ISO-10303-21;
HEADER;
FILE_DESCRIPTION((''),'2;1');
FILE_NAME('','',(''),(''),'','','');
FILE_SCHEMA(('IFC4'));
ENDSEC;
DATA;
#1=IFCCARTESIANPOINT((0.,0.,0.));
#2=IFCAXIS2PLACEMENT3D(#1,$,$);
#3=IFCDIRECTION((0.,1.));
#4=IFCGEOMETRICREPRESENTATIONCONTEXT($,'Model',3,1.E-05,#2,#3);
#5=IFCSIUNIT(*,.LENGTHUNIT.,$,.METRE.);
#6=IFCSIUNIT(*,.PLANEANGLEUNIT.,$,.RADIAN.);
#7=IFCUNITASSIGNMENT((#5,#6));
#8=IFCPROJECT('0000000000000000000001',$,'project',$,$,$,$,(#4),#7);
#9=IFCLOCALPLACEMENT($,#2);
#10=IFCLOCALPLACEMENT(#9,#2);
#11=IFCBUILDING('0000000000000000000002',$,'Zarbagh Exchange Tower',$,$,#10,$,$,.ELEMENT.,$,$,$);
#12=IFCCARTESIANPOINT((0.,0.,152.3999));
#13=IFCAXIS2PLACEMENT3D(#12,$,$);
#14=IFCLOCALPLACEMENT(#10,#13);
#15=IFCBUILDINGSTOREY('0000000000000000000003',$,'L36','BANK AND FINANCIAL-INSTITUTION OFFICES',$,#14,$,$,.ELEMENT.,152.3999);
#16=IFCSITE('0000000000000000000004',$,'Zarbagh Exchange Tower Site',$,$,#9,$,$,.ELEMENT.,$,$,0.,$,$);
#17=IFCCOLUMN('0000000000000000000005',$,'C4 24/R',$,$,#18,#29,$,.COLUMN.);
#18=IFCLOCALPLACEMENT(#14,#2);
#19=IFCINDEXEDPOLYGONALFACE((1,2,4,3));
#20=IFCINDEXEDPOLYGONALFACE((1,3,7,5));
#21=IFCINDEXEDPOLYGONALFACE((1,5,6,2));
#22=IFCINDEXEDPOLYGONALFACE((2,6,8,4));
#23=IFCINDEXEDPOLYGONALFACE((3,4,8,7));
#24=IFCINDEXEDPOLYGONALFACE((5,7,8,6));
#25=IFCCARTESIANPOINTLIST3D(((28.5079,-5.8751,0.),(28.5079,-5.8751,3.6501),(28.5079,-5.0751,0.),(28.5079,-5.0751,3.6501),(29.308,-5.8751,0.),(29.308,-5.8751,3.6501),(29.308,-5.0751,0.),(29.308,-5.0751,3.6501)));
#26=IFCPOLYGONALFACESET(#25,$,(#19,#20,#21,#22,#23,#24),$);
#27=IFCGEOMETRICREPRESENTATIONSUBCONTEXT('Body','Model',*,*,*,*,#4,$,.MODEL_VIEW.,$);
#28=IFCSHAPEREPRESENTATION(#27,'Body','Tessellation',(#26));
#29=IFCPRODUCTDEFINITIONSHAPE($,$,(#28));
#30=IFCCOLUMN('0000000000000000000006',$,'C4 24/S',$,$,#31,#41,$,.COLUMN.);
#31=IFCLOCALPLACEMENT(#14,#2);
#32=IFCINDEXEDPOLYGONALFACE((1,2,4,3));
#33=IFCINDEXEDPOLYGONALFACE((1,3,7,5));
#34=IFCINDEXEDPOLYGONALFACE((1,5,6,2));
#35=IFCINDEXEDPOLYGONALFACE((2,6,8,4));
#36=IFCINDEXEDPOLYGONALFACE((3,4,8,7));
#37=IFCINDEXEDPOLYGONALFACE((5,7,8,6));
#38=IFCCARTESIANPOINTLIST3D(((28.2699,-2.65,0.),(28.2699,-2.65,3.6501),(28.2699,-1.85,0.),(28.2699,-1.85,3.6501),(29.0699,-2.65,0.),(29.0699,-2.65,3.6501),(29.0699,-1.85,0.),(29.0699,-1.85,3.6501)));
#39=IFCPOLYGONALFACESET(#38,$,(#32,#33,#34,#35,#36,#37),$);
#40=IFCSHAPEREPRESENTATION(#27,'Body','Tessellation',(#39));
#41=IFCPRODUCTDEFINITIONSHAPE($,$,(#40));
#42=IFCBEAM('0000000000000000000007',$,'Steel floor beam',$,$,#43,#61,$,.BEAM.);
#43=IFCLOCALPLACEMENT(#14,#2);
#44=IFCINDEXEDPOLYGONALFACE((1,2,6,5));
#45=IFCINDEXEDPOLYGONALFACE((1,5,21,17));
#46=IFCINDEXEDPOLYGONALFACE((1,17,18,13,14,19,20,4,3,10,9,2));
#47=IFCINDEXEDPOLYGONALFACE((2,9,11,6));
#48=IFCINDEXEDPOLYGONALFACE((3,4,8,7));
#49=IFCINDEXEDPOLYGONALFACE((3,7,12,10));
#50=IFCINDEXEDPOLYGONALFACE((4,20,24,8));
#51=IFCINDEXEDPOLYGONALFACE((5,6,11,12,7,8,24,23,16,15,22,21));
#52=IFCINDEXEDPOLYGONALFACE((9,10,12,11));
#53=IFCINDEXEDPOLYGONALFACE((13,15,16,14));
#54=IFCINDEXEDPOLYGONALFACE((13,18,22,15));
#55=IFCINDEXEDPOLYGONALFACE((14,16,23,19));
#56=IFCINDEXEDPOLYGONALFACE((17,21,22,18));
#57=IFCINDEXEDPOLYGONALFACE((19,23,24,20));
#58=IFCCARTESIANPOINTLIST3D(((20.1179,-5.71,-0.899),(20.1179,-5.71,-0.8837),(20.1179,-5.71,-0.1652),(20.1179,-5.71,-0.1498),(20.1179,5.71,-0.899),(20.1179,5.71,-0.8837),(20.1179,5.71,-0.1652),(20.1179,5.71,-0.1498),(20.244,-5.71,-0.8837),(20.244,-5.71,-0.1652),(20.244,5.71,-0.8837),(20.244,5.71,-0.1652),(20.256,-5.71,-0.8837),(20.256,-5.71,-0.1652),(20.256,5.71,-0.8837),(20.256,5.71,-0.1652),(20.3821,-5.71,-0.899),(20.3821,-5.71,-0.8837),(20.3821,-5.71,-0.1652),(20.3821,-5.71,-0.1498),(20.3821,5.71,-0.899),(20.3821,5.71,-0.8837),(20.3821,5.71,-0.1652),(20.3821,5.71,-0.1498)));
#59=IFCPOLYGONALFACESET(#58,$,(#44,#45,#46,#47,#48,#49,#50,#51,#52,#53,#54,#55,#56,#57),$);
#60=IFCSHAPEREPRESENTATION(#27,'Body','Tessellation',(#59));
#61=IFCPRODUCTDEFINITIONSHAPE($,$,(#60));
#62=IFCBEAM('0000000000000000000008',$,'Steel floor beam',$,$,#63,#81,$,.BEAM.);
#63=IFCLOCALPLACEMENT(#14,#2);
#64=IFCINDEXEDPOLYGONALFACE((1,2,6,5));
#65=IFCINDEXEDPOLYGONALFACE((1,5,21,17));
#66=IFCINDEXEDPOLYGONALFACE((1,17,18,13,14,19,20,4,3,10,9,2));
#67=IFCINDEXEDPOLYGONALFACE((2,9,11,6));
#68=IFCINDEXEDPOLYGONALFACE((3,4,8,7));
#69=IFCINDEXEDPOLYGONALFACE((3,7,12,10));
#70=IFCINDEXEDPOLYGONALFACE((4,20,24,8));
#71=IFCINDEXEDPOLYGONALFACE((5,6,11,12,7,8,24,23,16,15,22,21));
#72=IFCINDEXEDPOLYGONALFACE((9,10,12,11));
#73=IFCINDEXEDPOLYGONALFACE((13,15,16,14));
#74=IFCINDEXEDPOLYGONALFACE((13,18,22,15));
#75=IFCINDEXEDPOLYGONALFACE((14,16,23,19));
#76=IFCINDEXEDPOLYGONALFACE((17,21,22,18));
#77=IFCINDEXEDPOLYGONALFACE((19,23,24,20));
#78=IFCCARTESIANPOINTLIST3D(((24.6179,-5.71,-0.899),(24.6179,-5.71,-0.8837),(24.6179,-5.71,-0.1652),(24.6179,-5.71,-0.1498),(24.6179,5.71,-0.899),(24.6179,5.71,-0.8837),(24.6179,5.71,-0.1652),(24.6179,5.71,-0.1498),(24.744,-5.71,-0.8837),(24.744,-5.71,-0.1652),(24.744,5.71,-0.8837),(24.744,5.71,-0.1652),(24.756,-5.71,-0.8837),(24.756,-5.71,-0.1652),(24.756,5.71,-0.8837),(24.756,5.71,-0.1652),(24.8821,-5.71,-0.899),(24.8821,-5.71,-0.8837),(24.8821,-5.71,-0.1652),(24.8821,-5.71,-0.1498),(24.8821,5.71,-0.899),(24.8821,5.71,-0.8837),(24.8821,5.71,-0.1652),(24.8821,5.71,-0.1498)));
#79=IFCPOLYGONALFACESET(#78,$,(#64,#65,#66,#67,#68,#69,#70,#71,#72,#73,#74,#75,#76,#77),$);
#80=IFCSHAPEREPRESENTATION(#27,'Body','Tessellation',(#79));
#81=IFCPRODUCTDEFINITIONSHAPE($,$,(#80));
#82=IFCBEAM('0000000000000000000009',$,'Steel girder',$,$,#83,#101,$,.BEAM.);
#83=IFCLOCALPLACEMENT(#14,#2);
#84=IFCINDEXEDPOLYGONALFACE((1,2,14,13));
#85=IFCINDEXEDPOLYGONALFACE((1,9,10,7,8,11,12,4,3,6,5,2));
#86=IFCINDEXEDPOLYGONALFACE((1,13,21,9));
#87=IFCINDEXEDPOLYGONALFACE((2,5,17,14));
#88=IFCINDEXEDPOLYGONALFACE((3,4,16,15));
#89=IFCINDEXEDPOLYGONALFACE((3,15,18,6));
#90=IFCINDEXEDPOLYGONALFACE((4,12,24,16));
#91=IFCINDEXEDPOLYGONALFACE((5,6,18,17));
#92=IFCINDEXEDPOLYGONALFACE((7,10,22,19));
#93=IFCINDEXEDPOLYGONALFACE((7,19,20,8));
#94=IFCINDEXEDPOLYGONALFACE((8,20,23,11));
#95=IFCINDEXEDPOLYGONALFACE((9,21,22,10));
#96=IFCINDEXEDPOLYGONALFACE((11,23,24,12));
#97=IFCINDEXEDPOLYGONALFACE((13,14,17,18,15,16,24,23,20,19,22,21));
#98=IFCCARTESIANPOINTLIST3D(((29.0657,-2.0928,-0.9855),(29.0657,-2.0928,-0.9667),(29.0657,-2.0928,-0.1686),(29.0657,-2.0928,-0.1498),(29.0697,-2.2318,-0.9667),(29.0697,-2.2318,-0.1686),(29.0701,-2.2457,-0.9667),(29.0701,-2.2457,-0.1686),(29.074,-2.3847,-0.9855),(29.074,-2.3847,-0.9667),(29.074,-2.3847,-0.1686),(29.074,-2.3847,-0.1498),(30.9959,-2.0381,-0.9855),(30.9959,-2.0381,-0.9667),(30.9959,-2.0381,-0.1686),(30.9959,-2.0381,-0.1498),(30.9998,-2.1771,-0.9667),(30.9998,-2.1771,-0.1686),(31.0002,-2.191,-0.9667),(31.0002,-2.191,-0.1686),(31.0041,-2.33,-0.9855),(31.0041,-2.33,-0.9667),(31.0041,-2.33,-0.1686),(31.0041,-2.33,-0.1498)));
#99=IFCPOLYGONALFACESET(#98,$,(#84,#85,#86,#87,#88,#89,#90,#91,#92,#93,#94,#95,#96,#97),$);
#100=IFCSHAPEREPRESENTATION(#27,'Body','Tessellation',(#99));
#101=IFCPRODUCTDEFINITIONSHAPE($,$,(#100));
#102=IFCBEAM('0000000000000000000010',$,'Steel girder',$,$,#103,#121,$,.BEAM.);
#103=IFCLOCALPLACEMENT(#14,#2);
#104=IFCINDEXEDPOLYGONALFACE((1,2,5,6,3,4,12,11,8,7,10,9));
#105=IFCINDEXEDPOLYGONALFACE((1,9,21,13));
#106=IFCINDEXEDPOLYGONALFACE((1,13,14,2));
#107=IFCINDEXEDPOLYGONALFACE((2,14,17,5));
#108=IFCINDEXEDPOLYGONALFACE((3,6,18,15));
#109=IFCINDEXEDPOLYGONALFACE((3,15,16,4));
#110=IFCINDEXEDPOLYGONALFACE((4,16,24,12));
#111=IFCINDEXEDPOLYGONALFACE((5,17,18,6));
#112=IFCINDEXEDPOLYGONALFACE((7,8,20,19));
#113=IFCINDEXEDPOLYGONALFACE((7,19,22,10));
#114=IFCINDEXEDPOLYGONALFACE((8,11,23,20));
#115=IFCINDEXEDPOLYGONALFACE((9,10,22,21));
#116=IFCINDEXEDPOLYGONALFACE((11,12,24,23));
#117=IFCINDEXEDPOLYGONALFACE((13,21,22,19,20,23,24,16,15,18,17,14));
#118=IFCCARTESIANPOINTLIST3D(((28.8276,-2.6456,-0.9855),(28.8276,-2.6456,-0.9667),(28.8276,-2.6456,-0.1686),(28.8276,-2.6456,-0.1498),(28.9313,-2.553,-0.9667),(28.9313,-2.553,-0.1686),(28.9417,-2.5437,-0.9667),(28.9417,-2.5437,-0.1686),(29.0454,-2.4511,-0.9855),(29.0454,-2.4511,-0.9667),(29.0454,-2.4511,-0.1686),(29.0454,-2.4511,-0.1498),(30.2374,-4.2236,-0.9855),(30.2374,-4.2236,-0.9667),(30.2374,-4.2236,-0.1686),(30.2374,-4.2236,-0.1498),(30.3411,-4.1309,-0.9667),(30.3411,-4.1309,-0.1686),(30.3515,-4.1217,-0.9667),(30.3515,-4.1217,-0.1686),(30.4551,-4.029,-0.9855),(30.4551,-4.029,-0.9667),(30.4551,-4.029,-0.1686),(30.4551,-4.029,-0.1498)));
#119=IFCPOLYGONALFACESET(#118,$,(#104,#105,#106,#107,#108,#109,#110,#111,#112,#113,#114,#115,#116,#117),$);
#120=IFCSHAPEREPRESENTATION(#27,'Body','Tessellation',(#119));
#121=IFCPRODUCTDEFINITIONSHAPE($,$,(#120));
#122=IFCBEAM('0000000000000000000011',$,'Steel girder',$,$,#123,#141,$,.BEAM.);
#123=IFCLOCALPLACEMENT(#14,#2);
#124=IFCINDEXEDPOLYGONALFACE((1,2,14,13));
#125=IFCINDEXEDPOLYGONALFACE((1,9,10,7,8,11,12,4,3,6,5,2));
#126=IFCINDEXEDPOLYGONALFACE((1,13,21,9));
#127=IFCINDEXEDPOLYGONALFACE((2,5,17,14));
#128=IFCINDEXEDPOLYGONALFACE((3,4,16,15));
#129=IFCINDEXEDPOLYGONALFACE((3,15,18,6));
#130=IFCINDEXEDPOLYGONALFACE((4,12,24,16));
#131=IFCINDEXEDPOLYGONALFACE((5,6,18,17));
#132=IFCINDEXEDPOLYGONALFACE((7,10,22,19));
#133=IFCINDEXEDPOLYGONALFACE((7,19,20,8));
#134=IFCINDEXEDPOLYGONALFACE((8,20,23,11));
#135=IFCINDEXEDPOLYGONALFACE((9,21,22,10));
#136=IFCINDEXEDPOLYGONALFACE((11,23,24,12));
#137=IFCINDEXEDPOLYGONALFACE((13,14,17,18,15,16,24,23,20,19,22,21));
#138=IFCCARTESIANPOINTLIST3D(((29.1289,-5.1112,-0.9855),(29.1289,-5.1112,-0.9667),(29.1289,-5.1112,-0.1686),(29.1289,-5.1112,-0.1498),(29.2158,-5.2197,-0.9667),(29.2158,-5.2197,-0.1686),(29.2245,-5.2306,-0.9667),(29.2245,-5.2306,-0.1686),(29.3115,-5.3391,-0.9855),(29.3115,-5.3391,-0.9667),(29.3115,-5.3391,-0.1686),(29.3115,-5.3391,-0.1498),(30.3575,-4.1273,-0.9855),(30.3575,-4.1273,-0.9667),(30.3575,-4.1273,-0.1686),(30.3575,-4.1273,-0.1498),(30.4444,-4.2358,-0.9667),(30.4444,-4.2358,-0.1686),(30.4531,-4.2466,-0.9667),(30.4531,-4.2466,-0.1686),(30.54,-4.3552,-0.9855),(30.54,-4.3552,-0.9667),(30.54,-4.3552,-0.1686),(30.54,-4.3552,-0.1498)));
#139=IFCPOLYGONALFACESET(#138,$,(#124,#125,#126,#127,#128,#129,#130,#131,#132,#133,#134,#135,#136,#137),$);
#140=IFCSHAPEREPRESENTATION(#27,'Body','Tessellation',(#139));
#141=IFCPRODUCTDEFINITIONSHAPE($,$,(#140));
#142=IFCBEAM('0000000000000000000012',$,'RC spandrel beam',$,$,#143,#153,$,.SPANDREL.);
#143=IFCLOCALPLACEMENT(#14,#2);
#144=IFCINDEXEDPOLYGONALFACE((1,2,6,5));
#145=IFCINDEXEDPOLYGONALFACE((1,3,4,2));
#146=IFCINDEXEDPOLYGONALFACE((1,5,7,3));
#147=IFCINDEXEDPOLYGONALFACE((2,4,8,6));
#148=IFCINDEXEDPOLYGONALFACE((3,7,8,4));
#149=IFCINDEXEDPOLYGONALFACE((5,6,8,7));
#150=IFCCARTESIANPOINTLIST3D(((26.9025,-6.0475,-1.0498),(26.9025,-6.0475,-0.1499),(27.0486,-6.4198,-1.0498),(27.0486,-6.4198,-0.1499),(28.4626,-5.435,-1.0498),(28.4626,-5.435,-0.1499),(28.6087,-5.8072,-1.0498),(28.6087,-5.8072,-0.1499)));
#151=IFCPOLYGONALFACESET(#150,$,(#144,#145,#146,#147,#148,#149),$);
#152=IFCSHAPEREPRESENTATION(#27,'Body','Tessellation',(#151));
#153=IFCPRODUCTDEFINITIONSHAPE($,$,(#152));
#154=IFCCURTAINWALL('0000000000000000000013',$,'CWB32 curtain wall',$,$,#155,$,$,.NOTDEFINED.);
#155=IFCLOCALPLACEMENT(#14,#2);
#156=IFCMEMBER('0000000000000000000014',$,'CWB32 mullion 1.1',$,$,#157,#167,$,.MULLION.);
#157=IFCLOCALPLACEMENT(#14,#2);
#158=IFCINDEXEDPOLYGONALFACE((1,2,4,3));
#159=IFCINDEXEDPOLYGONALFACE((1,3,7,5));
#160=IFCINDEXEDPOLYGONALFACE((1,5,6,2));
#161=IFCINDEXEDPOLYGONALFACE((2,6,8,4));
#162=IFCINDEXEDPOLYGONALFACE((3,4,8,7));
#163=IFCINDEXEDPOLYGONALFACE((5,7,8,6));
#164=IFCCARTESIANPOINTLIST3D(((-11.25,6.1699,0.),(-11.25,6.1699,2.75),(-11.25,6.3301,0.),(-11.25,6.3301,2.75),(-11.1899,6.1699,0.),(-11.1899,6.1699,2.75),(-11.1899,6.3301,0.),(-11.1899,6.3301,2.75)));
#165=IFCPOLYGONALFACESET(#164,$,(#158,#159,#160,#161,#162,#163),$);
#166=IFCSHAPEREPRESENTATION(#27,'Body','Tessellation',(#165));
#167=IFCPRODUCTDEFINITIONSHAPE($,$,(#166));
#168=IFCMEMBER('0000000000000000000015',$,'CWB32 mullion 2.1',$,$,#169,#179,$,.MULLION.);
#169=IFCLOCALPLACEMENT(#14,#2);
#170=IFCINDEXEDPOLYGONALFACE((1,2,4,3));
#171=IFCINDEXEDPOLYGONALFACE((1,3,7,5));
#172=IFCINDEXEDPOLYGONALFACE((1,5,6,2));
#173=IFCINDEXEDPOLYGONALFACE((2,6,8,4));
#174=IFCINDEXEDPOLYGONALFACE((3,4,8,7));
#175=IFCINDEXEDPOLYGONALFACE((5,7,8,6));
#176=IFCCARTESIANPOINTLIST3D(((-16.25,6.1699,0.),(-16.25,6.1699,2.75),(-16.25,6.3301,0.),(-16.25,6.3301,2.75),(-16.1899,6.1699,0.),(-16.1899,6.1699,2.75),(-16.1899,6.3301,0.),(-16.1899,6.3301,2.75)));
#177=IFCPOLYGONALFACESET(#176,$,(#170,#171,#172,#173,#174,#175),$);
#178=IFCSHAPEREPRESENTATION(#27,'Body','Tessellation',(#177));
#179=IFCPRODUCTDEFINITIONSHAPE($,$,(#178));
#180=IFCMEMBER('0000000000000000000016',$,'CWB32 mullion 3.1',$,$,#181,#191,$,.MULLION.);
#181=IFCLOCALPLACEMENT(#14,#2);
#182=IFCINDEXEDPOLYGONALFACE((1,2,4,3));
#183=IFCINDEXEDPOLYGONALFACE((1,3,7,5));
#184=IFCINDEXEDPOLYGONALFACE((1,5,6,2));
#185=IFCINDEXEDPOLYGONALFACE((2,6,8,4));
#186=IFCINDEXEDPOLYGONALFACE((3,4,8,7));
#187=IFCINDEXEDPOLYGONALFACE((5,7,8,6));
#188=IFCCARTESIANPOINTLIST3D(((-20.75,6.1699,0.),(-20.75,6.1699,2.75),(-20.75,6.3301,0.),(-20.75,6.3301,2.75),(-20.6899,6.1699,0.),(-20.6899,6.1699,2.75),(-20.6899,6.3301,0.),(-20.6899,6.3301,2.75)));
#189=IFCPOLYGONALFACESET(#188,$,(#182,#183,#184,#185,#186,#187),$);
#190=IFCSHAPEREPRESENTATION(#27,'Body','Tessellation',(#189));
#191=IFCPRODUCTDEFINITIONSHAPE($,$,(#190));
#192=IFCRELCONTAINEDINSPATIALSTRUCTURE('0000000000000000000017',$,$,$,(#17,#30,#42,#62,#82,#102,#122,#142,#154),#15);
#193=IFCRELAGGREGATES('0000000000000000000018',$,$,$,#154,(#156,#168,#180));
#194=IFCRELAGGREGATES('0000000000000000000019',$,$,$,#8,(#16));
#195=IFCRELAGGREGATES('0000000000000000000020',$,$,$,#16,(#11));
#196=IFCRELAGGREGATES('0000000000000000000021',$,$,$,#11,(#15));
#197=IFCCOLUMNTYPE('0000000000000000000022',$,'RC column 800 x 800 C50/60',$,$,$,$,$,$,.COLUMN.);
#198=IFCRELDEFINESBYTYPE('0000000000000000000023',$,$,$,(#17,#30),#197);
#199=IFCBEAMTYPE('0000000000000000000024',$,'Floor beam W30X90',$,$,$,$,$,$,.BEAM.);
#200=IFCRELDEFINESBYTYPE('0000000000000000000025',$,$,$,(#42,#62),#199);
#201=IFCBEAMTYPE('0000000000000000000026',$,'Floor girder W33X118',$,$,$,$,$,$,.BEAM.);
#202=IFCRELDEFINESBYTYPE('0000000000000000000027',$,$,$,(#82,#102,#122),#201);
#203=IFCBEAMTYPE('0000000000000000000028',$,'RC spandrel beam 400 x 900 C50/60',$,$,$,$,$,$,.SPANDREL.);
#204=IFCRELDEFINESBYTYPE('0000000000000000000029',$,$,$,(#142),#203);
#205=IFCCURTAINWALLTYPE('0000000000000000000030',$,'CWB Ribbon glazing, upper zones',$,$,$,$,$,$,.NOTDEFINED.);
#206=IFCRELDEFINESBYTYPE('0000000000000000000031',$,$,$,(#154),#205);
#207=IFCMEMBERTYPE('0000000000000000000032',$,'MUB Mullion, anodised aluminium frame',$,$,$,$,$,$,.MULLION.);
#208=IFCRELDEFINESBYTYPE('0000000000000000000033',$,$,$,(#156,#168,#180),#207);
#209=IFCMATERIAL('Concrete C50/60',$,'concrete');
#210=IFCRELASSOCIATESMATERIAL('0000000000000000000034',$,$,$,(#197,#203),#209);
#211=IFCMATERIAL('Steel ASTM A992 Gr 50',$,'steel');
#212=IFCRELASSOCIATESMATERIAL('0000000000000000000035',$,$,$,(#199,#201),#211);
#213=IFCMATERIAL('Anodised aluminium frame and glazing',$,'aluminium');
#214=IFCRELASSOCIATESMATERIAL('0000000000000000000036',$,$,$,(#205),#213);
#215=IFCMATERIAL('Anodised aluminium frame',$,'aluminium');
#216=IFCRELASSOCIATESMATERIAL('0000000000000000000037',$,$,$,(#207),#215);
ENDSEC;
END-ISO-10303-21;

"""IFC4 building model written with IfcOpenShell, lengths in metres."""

from ifc_helpers import new_model, si_unit, direction, frame, origin, origin_2d, place, context, subcontext, project, spatial, polyline, rectangle, i_section, outline, extrude, source, transform, mapped, material, material_profile, profile_set, type_object, element, aggregate, save


model = new_model("IFC4")

# Units and contexts
model_context = context("Model", 3, precision=1e-05, world=origin(), true_north=direction((0.0, 1.0)))
body_context = subcontext(model_context, "Body", "Model", "MODEL_VIEW")
ifc_project = project(units=[si_unit("LENGTHUNIT", "METRE"), si_unit("PLANEANGLEUNIT", "RADIAN")], contexts=[model_context])

# Site, building, storey
site_placement = place(None, origin())
site = spatial("IfcSite", under=ifc_project, at=site_placement, Name="Zarbagh Exchange Tower Site", CompositionType="ELEMENT", RefElevation=0.0)
building_placement = place(site_placement, origin())
building = spatial("IfcBuilding", under=site, at=building_placement, Name="Zarbagh Exchange Tower", CompositionType="ELEMENT")
storey_placement = place(building_placement, frame((0.0, 0.0, 152.3999)))
storey = spatial("IfcBuildingStorey", under=building, at=storey_placement, Name="L36", Description="BANK AND FINANCIAL-INSTITUTION OFFICES", CompositionType="ELEMENT", Elevation=152.3999)

# Columns
ifc_material_1 = material(Name="Concrete C50/60", Category="concrete")
ifc_material_profile_1 = material_profile(ifc_material_1, rectangle(XDim=0.8, YDim=0.8, at=origin_2d()), Name="RC column 800 x 800 C50/60")
ifc_profile_set_1 = profile_set([ifc_material_profile_1], Name="Concrete C50/60")
column_type = type_object("IfcColumnType", Name="RC column 800 x 800 C50/60", PredefinedType="COLUMN", material=ifc_profile_set_1)
for number, where, z_axis, x_axis, name in (
    (1, (28.908, -5.4751, 0.0), (0.0, 0.0, 1.0), (1.0, 0.0, 0.0), "C4 24/R"),
    (2, (28.6699, -2.25, 0.0), (0.0, 0.0, 1.0), (1.0, 0.0, 0.0), "C4 24/S"),
):
    element("IfcColumn", number, at=place(storey_placement, frame(where, z_axis=z_axis, x_axis=x_axis)), inside=storey, type_object=column_type, Name=name, PredefinedType="COLUMN", context=body_context, shape_type="SweptSolid", body=[
        extrude(rectangle(XDim=0.8, YDim=0.8, at=origin_2d()), origin(), (0.0, 0.0, 1.0), 3.6501),
    ])

# Beams
ifc_material_2 = material(Name="Steel ASTM A992 Gr 50", Category="steel")
ifc_material_profile_2 = material_profile(ifc_material_2, i_section(OverallWidth=0.2642, OverallDepth=0.7493, WebThickness=0.012, FlangeThickness=0.0154, at=origin_2d()), Name="W30X90")
ifc_profile_set_2 = profile_set([ifc_material_profile_2], Name="Steel ASTM A992 Gr 50")
beam_type_1 = type_object("IfcBeamType", Name="Floor beam W30X90", PredefinedType="BEAM", material=ifc_profile_set_2)
for number, where, z_axis, x_axis, name in (
    (3, (20.25, -5.71, -0.5244), (0.0, 1.0, 0.0), (-1.0, 0.0, 0.0), "Steel floor beam"),
    (4, (24.75, -5.71, -0.5244), (0.0, 1.0, 0.0), (-1.0, 0.0, 0.0), "Steel floor beam"),
):
    element("IfcBeam", number, at=place(storey_placement, frame(where, z_axis=z_axis, x_axis=x_axis)), inside=storey, type_object=beam_type_1, Name=name, PredefinedType="BEAM", context=body_context, shape_type="SweptSolid", body=[
        extrude(i_section(OverallWidth=0.2642, OverallDepth=0.7493, WebThickness=0.012, FlangeThickness=0.0154, at=origin_2d()), origin(), (0.0, 0.0, 1.0), 11.4199),
    ])
ifc_material_profile_3 = material_profile(ifc_material_2, i_section(OverallWidth=0.292, OverallDepth=0.8357, WebThickness=0.0139, FlangeThickness=0.0188, at=origin_2d()), Name="W33X118")
ifc_profile_set_3 = profile_set([ifc_material_profile_3], Name="Steel ASTM A992 Gr 50")
beam_type_2 = type_object("IfcBeamType", Name="Floor girder W33X118", PredefinedType="BEAM", material=ifc_profile_set_3)
beam_1_placement = place(storey_placement, frame((31.0, -2.1841, -0.5676), z_axis=(-0.999599, -0.028322, 0.0), x_axis=(0.028322, -0.999599, 0.0)))
element("IfcBeam", 5, at=beam_1_placement, inside=storey, type_object=beam_type_2, Name="Steel girder", PredefinedType="BEAM", context=body_context, shape_type="SweptSolid", body=[
    extrude(i_section(OverallWidth=0.292, OverallDepth=0.8357, WebThickness=0.0139, FlangeThickness=0.0188, at=origin_2d()), origin(), (0.0, 0.0, 1.0), 1.9309),
])
beam_2_placement = place(storey_placement, frame((28.9365, -2.5483, -0.5676), z_axis=(0.666238, -0.745739, 0.0), x_axis=(0.745739, 0.666238, 0.0)))
element("IfcBeam", 6, at=beam_2_placement, inside=storey, type_object=beam_type_2, Name="Steel girder", PredefinedType="BEAM", context=body_context, shape_type="SweptSolid", body=[
    extrude(i_section(OverallWidth=0.292, OverallDepth=0.8357, WebThickness=0.0139, FlangeThickness=0.0188, at=origin_2d()), origin(), (0.0, 0.0, 1.0), 2.116),
])
beam_3_placement = place(storey_placement, frame((30.4487, -4.2412, -0.5676), z_axis=(-0.780536, -0.625111, 0.0), x_axis=(0.625111, -0.780536, 0.0)))
element("IfcBeam", 7, at=beam_3_placement, inside=storey, type_object=beam_type_2, Name="Steel girder", PredefinedType="BEAM", context=body_context, shape_type="SweptSolid", body=[
    extrude(i_section(OverallWidth=0.292, OverallDepth=0.8357, WebThickness=0.0139, FlangeThickness=0.0188, at=origin_2d()), origin(), (0.0, 0.0, 1.0), 1.574),
])
ifc_material_profile_4 = material_profile(ifc_material_1, rectangle(XDim=0.3999, YDim=0.8999, at=origin_2d()), Name="RC spandrel beam 400 x 900 C50/60")
ifc_profile_set_4 = profile_set([ifc_material_profile_4], Name="Concrete C50/60")
beam_type_3 = type_object("IfcBeamType", Name="RC spandrel beam 400 x 900 C50/60", PredefinedType="SPANDREL", material=ifc_profile_set_4)
beam_4_placement = place(storey_placement, frame((28.5356, -5.6211, -0.5999), z_axis=(-0.930819, -0.365481, 0.0), x_axis=(0.365481, -0.930819, 0.0)))
element("IfcBeam", 8, at=beam_4_placement, inside=storey, type_object=beam_type_3, Name="RC spandrel beam", PredefinedType="SPANDREL", context=body_context, shape_type="SweptSolid", body=[
    extrude(rectangle(XDim=0.3999, YDim=0.8999, at=origin_2d()), origin(), (0.0, 0.0, 1.0), 1.676),
])

# Curtain wall, members
ifc_material_3 = material(Name="Anodised aluminium frame and glazing", Category="aluminium")
curtain_wall_type = type_object("IfcCurtainWallType", Name="CWB Ribbon glazing, upper zones", PredefinedType="NOTDEFINED", material=ifc_material_3)
curtain_wall_1_placement = place(storey_placement, origin())
curtain_wall_1 = element("IfcCurtainWall", 9, at=curtain_wall_1_placement, inside=storey, type_object=curtain_wall_type, Name="CWB32 curtain wall", PredefinedType="NOTDEFINED")
ifc_material_4 = material(Name="Anodised aluminium frame", Category="aluminium")
member_type_1 = type_object("IfcMemberType", Name="MUB Mullion, anodised aluminium frame", PredefinedType="MULLION", material=ifc_material_4)
shared_shape_1 = source(origin(), body_context, "Body", "SweptSolid", [
    extrude(outline(polyline([(0.0, -0.0801), (0.0601, -0.0801), (0.0601, 0.0801), (0.0, 0.0801), (0.0, -0.0801)])), origin(), (0.0, 0.0, 1.0), 2.75),
])
placement = place(storey_placement, origin())
member_1 = element("IfcMember", 10, at=placement, type_object=member_type_1, Name="CWB32 mullion 1.1", PredefinedType="MULLION", context=body_context, shape_type="MappedRepresentation", body=[
    mapped(shared_shape_1, transform((-11.1899, 6.25, 0.0), x_axis=(-1.0, 0.0, 0.0), y_axis=(0.0, -1.0, 0.0), z_axis=(0.0, 0.0, 1.0))),
])
member_2 = element("IfcMember", 11, at=placement, type_object=member_type_1, Name="CWB32 mullion 2.1", PredefinedType="MULLION", context=body_context, shape_type="MappedRepresentation", body=[
    mapped(shared_shape_1, transform((-16.1899, 6.25, 0.0), x_axis=(-1.0, 0.0, 0.0), y_axis=(0.0, -1.0, 0.0), z_axis=(0.0, 0.0, 1.0))),
])
member_3 = element("IfcMember", 12, at=placement, type_object=member_type_1, Name="CWB32 mullion 3.1", PredefinedType="MULLION", context=body_context, shape_type="MappedRepresentation", body=[
    mapped(shared_shape_1, transform((-20.6899, 6.25, 0.0), x_axis=(-1.0, 0.0, 0.0), y_axis=(0.0, -1.0, 0.0), z_axis=(0.0, 0.0, 1.0))),
])

aggregate(curtain_wall_1, [member_1, member_2, member_3])

save(model, "model.ifc")
